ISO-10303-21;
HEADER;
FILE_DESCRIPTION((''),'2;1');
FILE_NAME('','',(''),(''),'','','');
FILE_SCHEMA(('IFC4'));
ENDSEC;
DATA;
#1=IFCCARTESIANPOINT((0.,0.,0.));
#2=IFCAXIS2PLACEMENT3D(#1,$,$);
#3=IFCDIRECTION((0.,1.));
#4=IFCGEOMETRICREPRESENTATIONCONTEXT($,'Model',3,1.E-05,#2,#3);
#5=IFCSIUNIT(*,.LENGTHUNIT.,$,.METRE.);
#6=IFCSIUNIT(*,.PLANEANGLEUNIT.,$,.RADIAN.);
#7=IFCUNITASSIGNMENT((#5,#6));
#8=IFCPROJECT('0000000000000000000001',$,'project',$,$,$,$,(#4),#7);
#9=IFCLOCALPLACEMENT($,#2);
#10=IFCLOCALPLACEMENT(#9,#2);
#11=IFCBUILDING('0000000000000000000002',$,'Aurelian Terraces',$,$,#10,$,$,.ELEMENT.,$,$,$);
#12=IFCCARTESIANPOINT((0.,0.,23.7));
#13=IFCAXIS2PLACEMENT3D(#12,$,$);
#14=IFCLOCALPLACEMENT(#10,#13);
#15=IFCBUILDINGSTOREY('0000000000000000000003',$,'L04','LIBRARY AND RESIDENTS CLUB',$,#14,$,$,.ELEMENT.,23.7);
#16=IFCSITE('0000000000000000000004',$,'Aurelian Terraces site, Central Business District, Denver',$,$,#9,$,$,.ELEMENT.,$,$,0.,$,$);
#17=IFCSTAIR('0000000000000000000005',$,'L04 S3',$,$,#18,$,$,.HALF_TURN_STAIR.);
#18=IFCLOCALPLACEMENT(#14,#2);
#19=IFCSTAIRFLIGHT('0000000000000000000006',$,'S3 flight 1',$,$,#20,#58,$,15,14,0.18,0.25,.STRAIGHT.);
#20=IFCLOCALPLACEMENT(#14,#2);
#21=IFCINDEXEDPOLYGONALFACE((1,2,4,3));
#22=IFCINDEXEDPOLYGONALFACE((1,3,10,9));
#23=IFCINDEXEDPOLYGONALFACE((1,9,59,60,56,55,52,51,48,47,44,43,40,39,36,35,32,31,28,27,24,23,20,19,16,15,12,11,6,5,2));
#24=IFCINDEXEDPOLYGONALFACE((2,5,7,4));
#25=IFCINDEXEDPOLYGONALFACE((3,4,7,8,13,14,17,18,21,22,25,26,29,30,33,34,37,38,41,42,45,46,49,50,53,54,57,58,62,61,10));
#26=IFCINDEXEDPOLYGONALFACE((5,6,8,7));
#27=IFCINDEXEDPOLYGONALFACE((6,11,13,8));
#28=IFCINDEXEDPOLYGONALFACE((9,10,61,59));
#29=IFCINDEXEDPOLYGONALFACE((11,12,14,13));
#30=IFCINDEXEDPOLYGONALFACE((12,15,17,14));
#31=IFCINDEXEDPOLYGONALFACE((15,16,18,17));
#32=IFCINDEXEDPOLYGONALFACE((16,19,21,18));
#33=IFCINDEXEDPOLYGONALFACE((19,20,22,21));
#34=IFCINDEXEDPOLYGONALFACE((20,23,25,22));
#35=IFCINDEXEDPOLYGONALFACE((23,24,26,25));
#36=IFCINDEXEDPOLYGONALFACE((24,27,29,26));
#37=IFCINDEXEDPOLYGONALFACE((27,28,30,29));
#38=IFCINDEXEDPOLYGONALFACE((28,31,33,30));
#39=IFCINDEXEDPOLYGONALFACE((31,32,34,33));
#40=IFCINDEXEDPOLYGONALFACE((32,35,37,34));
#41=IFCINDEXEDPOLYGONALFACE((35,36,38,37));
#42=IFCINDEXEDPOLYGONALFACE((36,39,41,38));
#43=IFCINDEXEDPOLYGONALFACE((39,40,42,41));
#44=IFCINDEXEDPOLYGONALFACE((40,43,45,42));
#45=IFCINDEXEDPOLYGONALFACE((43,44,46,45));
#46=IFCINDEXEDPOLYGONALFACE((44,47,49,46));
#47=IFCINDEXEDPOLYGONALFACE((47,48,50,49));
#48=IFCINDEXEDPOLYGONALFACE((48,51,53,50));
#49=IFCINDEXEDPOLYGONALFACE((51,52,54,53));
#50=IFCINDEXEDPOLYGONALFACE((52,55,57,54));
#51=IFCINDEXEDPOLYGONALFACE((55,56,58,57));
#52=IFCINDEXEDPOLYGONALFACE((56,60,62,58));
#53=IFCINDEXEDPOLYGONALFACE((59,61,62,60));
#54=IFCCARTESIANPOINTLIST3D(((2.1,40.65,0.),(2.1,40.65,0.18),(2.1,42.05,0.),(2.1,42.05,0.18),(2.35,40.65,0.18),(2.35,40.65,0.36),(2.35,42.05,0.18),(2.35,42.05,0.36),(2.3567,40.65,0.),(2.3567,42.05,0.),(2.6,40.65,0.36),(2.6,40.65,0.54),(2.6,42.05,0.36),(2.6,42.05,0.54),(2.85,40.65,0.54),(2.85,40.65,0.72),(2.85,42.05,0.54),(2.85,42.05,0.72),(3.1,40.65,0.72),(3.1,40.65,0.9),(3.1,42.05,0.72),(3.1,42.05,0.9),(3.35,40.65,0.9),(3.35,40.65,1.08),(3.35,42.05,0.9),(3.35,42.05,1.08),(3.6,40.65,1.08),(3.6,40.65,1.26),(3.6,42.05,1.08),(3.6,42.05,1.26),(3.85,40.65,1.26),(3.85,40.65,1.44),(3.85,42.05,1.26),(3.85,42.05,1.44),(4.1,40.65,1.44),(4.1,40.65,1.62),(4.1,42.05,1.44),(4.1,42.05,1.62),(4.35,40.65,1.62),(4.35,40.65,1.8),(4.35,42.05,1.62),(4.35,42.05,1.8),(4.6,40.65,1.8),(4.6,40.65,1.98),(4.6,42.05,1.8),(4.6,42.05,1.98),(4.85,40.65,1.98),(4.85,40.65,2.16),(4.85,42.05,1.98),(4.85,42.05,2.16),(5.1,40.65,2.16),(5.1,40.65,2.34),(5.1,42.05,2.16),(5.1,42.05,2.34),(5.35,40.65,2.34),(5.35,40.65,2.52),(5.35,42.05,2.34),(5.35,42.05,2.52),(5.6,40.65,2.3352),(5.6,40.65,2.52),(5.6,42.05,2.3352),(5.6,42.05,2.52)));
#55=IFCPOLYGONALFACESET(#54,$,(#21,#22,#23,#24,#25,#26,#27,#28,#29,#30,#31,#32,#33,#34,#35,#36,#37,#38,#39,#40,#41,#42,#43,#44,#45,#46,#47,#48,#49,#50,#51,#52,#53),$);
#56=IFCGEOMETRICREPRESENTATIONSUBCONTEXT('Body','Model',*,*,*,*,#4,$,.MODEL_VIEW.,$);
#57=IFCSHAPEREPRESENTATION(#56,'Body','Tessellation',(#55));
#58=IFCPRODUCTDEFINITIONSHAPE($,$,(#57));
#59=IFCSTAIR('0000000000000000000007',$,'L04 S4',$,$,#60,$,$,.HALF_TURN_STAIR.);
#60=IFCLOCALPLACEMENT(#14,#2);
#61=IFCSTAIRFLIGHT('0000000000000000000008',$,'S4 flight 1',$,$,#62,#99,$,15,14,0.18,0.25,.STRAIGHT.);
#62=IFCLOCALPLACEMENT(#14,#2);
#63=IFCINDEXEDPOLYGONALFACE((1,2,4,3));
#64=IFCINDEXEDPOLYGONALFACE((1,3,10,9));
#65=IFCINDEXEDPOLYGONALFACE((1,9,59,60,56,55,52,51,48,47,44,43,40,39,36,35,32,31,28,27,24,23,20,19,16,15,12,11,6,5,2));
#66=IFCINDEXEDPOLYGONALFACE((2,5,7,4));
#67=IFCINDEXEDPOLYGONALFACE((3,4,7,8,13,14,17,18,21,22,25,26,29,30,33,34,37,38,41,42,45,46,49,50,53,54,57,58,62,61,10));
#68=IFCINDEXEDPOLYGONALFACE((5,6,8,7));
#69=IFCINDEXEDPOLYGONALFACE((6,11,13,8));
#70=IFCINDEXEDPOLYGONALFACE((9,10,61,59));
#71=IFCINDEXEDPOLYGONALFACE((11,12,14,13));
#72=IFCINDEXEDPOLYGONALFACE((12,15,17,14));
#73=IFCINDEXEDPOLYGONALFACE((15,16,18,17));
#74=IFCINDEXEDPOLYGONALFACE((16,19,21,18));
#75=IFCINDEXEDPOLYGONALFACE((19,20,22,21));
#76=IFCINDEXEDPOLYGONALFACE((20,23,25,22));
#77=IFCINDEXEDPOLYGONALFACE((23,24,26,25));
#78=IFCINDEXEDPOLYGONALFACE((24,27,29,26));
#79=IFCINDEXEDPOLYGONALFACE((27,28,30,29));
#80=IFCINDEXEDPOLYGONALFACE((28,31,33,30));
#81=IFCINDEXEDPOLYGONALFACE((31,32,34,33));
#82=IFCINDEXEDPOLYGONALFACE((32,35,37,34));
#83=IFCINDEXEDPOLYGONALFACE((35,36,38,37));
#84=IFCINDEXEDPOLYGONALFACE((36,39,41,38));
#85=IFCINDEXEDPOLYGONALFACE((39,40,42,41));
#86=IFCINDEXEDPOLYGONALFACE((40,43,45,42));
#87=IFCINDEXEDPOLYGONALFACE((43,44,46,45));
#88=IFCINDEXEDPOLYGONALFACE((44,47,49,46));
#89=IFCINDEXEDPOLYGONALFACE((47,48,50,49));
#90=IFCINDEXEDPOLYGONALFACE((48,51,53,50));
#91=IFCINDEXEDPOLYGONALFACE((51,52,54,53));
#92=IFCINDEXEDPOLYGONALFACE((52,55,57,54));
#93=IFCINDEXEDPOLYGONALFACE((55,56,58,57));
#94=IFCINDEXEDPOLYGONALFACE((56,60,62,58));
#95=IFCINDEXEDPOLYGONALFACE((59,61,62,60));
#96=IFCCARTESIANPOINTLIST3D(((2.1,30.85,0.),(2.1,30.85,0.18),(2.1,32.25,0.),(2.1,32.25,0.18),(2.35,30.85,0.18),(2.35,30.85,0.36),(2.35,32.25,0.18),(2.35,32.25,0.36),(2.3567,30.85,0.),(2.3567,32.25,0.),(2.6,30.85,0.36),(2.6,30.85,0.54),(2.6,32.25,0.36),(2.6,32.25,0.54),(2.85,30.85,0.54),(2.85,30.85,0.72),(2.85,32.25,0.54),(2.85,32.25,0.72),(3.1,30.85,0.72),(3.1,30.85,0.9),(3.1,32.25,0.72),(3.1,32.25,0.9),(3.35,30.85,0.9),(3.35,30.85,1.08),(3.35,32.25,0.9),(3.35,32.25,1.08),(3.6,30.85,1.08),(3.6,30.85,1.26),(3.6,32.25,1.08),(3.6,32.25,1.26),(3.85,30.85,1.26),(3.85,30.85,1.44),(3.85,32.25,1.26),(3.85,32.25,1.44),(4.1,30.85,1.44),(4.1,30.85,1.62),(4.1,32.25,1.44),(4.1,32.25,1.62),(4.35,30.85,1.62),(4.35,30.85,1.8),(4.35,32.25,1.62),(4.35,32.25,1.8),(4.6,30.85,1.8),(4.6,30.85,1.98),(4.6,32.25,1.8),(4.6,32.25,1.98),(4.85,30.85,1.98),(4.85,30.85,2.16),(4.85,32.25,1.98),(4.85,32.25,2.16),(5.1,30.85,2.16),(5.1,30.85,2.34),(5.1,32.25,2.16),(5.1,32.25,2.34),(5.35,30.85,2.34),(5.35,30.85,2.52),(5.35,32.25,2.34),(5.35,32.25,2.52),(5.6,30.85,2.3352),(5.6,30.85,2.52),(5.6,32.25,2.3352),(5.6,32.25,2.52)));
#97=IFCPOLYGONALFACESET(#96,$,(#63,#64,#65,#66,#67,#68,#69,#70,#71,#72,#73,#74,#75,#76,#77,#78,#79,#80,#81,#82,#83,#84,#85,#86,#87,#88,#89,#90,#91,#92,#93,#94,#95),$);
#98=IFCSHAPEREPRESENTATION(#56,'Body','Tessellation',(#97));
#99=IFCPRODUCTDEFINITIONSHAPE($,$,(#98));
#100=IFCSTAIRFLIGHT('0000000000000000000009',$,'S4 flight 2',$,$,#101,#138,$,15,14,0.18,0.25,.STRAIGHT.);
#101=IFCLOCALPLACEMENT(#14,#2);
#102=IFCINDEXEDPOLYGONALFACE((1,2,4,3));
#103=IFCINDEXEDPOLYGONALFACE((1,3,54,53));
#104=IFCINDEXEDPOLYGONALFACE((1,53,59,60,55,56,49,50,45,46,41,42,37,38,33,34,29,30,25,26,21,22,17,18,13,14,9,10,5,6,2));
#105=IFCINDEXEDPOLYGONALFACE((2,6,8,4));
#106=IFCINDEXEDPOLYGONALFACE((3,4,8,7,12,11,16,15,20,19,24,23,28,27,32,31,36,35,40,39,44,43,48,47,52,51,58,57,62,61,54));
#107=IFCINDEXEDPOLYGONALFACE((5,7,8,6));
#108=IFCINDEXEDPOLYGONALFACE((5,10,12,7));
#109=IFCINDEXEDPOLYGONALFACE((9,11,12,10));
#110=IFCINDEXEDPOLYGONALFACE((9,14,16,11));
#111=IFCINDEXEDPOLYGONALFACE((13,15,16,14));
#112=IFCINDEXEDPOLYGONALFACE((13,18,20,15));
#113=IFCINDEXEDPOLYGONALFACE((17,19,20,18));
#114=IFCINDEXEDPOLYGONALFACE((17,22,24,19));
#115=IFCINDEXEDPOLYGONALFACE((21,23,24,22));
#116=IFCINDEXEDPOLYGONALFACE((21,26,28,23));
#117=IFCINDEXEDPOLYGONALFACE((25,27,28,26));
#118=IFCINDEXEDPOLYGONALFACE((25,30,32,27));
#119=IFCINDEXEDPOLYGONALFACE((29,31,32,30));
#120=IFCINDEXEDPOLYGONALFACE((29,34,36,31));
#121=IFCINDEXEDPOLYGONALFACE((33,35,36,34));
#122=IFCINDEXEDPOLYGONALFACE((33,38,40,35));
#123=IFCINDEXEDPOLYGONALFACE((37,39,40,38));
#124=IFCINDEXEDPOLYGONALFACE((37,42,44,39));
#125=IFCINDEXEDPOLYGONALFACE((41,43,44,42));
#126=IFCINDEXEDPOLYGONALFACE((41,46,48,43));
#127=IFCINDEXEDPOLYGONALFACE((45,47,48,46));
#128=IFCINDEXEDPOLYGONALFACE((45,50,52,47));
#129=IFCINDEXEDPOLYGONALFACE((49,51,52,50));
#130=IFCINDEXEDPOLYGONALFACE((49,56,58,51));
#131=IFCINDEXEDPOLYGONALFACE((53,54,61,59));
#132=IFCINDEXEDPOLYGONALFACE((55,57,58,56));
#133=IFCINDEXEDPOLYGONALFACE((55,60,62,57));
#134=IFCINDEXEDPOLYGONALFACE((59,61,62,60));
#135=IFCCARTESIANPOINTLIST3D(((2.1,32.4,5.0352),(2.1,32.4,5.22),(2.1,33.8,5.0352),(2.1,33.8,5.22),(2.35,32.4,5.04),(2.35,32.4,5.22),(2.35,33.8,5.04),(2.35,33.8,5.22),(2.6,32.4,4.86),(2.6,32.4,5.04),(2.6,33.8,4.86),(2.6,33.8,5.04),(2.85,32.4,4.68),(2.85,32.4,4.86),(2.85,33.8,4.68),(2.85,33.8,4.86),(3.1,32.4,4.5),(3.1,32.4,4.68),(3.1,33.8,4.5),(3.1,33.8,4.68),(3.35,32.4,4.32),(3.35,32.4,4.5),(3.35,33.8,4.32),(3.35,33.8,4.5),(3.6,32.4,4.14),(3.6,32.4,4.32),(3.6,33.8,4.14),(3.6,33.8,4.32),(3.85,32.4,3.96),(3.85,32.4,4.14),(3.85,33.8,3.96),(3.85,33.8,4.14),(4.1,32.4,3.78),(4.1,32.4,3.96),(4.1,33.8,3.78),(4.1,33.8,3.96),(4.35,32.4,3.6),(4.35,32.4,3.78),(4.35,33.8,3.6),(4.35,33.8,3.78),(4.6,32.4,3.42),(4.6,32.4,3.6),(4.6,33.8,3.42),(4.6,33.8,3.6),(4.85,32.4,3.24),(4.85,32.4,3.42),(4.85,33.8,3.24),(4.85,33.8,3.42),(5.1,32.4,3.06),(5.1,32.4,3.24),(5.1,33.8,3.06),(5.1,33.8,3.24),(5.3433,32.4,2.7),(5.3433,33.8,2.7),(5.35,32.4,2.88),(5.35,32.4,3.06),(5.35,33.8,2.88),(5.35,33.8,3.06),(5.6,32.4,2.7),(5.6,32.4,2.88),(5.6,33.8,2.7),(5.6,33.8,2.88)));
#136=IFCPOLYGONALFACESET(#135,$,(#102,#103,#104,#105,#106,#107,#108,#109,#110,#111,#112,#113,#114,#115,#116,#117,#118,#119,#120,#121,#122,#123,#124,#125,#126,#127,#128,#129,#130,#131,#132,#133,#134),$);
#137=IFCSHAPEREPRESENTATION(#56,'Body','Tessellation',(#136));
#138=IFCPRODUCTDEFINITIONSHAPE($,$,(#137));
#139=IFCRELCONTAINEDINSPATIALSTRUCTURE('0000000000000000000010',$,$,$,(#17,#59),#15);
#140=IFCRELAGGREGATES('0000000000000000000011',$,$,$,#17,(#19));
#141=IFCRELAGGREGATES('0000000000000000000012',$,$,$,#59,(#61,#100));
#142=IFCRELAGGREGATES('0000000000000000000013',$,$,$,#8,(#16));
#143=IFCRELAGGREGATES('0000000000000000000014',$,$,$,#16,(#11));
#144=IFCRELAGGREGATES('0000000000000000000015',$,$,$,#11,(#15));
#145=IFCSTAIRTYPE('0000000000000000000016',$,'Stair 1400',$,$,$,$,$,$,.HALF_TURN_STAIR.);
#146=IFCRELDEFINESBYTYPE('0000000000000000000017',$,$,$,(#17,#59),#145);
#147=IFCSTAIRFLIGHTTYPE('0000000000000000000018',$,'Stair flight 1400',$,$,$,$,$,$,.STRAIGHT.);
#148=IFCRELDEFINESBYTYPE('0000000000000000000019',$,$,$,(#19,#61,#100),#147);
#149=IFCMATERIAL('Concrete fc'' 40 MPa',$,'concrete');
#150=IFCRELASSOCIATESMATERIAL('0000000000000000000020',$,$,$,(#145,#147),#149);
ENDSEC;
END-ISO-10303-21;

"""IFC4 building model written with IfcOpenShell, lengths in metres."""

from ifc_helpers import new_model, si_unit, direction, frame, origin, place, context, subcontext, project, spatial, polyline, outline, extrude, source, transform, mapped, material, type_object, element, aggregate, save


model = new_model("IFC4")

# Units and contexts
model_context = context("Model", 3, precision=1e-05, world=origin(), true_north=direction((0.0, 1.0)))
body_context = subcontext(model_context, "Body", "Model", "MODEL_VIEW")
ifc_project = project(units=[si_unit("LENGTHUNIT", "METRE"), si_unit("PLANEANGLEUNIT", "RADIAN")], contexts=[model_context])

# Site, building, storey
site_placement = place(None, origin())
site = spatial("IfcSite", under=ifc_project, at=site_placement, Name="Aurelian Terraces site, Central Business District, Denver", CompositionType="ELEMENT", RefElevation=0.0)
building_placement = place(site_placement, origin())
building = spatial("IfcBuilding", under=site, at=building_placement, Name="Aurelian Terraces", CompositionType="ELEMENT")
storey_placement = place(building_placement, frame((0.0, 0.0, 23.7)))
storey = spatial("IfcBuildingStorey", under=building, at=storey_placement, Name="L04", Description="LIBRARY AND RESIDENTS CLUB", CompositionType="ELEMENT", Elevation=23.7)

# Shared definitions
ifc_material_1 = material(Name="Concrete fc' 40 MPa", Category="concrete")

# Stair, stair flight
stair_type = type_object("IfcStairType", Name="Stair 1400", PredefinedType="HALF_TURN_STAIR", material=ifc_material_1)
stair_1_placement = place(storey_placement, origin())
stair_1 = element("IfcStair", 1, at=stair_1_placement, inside=storey, type_object=stair_type, Name="L04 S3", PredefinedType="HALF_TURN_STAIR")
stair_flight_type = type_object("IfcStairFlightType", Name="Stair flight 1400", PredefinedType="STRAIGHT", material=ifc_material_1)
shared_shape_1 = source(origin(), body_context, "Body", "SweptSolid", [
    extrude(outline(polyline([(0.0, 0.0), (0.0, 0.18), (0.25, 0.18), (0.25, 0.36), (0.5, 0.36), (0.5, 0.54), (0.75, 0.54), (0.75, 0.72), (1.0, 0.72), (1.0, 0.9), (1.25, 0.9), (1.25, 1.08), (1.5, 1.08), (1.5, 1.26), (1.75, 1.26), (1.75, 1.44), (2.0, 1.44), (2.0, 1.62), (2.25, 1.62), (2.25, 1.8), (2.5, 1.8), (2.5, 1.98), (2.75, 1.98), (2.75, 2.16), (3.0, 2.16), (3.0, 2.34), (3.25, 2.34), (3.25, 2.52), (3.5, 2.52), (3.5, 2.7), (3.5, 2.3352), (0.2567, 0.0), (0.0, 0.0)])), frame((0.0, 0.7, 0.0), z_axis=(0.0, -1.0, 0.0), x_axis=(1.0, 0.0, 0.0)), (0.0, 0.0, 1.0), 1.4),
])
stair_flight_1_placement = place(storey_placement, frame((2.1, 41.35, 0.0), z_axis=(0.0, 0.0, 1.0), x_axis=(1.0, 0.0, 0.0)))
stair_flight_1 = element("IfcStairFlight", 2, at=stair_flight_1_placement, type_object=stair_flight_type, Name="S3 flight 1", NumberOfRisers=15, NumberOfTreads=14, PredefinedType="STRAIGHT", RiserHeight=0.18, TreadLength=0.25, context=body_context, shape_type="MappedRepresentation", body=[
    mapped(shared_shape_1, transform((0.0, 0.0, 0.0), scale=1.0)),
])
aggregate(stair_1, [stair_flight_1])

# Stair, stair flights
stair_2_placement = place(storey_placement, origin())
stair_2 = element("IfcStair", 3, at=stair_2_placement, inside=storey, type_object=stair_type, Name="L04 S4", PredefinedType="HALF_TURN_STAIR")
stair_flight_2_placement = place(storey_placement, frame((2.1, 31.55, 0.0), z_axis=(0.0, 0.0, 1.0), x_axis=(1.0, 0.0, 0.0)))
stair_flight_2 = element("IfcStairFlight", 4, at=stair_flight_2_placement, type_object=stair_flight_type, Name="S4 flight 1", NumberOfRisers=15, NumberOfTreads=14, PredefinedType="STRAIGHT", RiserHeight=0.18, TreadLength=0.25, context=body_context, shape_type="MappedRepresentation", body=[
    mapped(shared_shape_1, transform((0.0, 0.0, 0.0), scale=1.0)),
])
stair_flight_3_placement = place(storey_placement, frame((5.6, 33.1, 2.7), z_axis=(0.0, 0.0, 1.0), x_axis=(-1.0, 0.0, 0.0)))
stair_flight_3 = element("IfcStairFlight", 5, at=stair_flight_3_placement, type_object=stair_flight_type, Name="S4 flight 2", NumberOfRisers=15, NumberOfTreads=14, PredefinedType="STRAIGHT", RiserHeight=0.18, TreadLength=0.25, context=body_context, shape_type="MappedRepresentation", body=[
    mapped(shared_shape_1, transform((0.0, 0.0, 0.0), scale=1.0)),
])
aggregate(stair_2, [stair_flight_2, stair_flight_3])

save(model, "model.ifc")
